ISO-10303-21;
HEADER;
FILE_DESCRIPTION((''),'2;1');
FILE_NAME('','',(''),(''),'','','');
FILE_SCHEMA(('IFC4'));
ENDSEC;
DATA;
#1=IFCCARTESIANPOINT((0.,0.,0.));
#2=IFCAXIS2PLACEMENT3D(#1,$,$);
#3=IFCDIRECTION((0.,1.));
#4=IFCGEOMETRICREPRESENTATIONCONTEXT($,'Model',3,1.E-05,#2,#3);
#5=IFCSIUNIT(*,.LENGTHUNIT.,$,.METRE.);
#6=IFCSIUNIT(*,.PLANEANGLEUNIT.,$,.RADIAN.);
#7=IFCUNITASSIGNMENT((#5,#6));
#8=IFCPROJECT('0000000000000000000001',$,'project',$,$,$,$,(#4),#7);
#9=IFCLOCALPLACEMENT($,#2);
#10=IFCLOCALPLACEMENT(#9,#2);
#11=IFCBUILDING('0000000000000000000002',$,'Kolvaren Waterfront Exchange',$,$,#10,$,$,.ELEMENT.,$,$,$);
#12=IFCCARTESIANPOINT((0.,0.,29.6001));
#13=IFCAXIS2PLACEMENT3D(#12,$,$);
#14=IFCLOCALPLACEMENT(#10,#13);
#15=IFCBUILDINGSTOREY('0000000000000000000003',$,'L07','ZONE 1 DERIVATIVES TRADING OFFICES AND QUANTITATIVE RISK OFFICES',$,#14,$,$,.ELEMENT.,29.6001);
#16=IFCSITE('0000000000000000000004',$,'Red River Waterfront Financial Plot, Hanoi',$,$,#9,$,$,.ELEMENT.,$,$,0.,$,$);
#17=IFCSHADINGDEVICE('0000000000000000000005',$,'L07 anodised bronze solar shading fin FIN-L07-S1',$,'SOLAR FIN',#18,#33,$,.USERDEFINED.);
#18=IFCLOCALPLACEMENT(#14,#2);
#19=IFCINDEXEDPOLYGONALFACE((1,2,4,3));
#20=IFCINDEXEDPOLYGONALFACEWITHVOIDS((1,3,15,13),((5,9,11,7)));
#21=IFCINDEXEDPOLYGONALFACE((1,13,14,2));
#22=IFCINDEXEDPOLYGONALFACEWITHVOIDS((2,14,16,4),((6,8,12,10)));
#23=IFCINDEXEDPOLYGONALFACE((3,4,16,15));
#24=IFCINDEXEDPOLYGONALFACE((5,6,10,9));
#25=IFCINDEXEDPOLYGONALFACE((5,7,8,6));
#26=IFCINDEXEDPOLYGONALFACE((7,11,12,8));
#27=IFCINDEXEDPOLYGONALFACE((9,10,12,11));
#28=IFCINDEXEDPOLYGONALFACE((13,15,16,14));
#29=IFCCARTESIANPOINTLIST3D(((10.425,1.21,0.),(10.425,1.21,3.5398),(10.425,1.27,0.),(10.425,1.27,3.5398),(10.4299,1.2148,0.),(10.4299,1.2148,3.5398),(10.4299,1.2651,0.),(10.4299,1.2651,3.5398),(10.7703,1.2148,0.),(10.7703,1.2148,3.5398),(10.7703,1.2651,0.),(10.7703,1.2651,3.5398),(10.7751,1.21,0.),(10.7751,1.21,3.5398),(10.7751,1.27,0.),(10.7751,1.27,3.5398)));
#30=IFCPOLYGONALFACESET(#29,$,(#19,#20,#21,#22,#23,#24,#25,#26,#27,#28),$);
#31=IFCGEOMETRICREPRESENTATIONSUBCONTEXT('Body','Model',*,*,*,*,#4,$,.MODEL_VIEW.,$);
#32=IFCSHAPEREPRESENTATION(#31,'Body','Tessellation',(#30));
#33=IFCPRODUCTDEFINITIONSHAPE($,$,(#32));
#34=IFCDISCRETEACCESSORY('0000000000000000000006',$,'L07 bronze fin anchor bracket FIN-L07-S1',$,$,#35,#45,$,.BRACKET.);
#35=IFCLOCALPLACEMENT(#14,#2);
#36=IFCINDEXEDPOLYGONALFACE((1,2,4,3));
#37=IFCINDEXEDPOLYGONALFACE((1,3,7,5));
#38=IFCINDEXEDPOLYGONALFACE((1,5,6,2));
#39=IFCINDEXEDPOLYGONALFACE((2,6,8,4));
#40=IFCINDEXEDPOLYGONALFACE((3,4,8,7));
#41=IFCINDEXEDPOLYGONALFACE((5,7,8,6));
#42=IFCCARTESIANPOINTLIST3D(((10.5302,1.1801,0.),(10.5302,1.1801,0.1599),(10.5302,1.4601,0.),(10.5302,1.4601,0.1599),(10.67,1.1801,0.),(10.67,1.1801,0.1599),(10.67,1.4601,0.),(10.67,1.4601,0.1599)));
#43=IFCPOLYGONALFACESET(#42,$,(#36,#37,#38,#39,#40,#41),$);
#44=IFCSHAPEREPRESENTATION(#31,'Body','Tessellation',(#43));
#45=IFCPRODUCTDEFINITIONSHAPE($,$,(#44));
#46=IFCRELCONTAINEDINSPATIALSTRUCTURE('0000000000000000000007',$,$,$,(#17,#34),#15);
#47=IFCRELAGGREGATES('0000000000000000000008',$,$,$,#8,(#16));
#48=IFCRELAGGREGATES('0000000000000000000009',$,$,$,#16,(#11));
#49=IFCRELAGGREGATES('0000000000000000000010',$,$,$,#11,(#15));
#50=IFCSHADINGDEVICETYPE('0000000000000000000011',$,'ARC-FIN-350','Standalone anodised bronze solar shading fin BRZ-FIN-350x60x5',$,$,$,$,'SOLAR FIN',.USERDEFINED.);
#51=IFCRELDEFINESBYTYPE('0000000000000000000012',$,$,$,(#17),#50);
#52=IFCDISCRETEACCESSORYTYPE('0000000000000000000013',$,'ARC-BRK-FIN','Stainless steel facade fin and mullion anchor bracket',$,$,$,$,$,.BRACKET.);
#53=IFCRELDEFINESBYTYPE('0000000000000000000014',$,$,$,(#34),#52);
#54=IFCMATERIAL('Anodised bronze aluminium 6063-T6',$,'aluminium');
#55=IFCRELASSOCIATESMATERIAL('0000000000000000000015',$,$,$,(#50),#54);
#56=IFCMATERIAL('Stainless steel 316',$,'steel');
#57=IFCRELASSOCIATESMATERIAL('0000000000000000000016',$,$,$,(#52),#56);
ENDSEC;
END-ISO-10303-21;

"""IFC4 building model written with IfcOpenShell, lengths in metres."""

from ifc_helpers import new_model, si_unit, direction, frame, origin, origin_with_axes, origin_2d, place, context, subcontext, project, spatial, rectangle, hollow_rectangle, extrude, source, transform, mapped, material, material_profile, profile_set, type_object, element, save


model = new_model("IFC4")

# Units and contexts
model_context = context("Model", 3, precision=1e-05, world=origin(), true_north=direction((0.0, 1.0)))
body_context = subcontext(model_context, "Body", "Model", "MODEL_VIEW")
ifc_project = project(units=[si_unit("LENGTHUNIT", "METRE"), si_unit("PLANEANGLEUNIT", "RADIAN")], contexts=[model_context])

# Site, building, storey
site_placement = place(None, origin())
site = spatial("IfcSite", under=ifc_project, at=site_placement, Name="Red River Waterfront Financial Plot, Hanoi", CompositionType="ELEMENT", RefElevation=0.0)
building_placement = place(site_placement, origin())
building = spatial("IfcBuilding", under=site, at=building_placement, Name="Kolvaren Waterfront Exchange", CompositionType="ELEMENT")
storey_placement = place(building_placement, frame((0.0, 0.0, 29.6001)))
storey = spatial("IfcBuildingStorey", under=building, at=storey_placement, Name="L07", Description="ZONE 1 DERIVATIVES TRADING OFFICES AND QUANTITATIVE RISK OFFICES", CompositionType="ELEMENT", Elevation=29.6001)

# Shared definitions
ifc_material_1 = material(Name="Anodised bronze aluminium 6063-T6", Category="aluminium")

# Shading device
ifc_material_profile_1 = material_profile(ifc_material_1, hollow_rectangle(XDim=0.0601, YDim=0.3501, WallThickness=0.0049, at=origin_2d()), Name="BRZ-FIN-350x60x5")
ifc_profile_set_1 = profile_set([ifc_material_profile_1], Name="Anodised bronze aluminium 6063-T6")
shading_device_type = type_object("IfcShadingDeviceType", Name="ARC-FIN-350", Description="Standalone anodised bronze solar shading fin BRZ-FIN-350x60x5", ElementType="SOLAR FIN", PredefinedType="USERDEFINED", material=ifc_profile_set_1)
shading_device_placement = place(storey_placement, frame((10.6001, 1.24, 0.0), z_axis=(0.0, 0.0, 1.0), x_axis=(0.0, -1.0, 0.0)))
element("IfcShadingDevice", 1, at=shading_device_placement, inside=storey, type_object=shading_device_type, Name="L07 anodised bronze solar shading fin FIN-L07-S1", ObjectType="SOLAR FIN", PredefinedType="USERDEFINED", context=body_context, shape_type="SweptSolid", body=[
    extrude(hollow_rectangle(XDim=0.0601, YDim=0.3501, WallThickness=0.0049, at=origin_2d()), origin(), (0.0, 0.0, 1.0), 3.5398),
])

# Discrete accessory
ifc_material_2 = material(Name="Stainless steel 316", Category="steel")
discrete_accessory_type = type_object("IfcDiscreteAccessoryType", Name="ARC-BRK-FIN", Description="Stainless steel facade fin and mullion anchor bracket", PredefinedType="BRACKET", material=ifc_material_2)
shared_shape_1 = source(origin_with_axes(), body_context, "Body", "SweptSolid", [
    extrude(rectangle(XDim=0.28, YDim=0.1399, at=origin_2d()), origin(), (0.0, 0.0, 1.0), 0.1599),
])
discrete_accessory_placement = place(storey_placement, frame((10.6001, 1.3201, 0.0), z_axis=(0.0, 0.0, 1.0), x_axis=(0.0, -1.0, 0.0)))
element("IfcDiscreteAccessory", 2, at=discrete_accessory_placement, inside=storey, type_object=discrete_accessory_type, Name="L07 bronze fin anchor bracket FIN-L07-S1", PredefinedType="BRACKET", context=body_context, shape_type="MappedRepresentation", body=[
    mapped(shared_shape_1, transform((0.0, 0.0, 0.0), x_axis=(1.0, 0.0, 0.0), y_axis=(0.0, 1.0, 0.0), z_axis=(0.0, 0.0, 1.0), scale=1.0)),
])

save(model, "model.ifc")
